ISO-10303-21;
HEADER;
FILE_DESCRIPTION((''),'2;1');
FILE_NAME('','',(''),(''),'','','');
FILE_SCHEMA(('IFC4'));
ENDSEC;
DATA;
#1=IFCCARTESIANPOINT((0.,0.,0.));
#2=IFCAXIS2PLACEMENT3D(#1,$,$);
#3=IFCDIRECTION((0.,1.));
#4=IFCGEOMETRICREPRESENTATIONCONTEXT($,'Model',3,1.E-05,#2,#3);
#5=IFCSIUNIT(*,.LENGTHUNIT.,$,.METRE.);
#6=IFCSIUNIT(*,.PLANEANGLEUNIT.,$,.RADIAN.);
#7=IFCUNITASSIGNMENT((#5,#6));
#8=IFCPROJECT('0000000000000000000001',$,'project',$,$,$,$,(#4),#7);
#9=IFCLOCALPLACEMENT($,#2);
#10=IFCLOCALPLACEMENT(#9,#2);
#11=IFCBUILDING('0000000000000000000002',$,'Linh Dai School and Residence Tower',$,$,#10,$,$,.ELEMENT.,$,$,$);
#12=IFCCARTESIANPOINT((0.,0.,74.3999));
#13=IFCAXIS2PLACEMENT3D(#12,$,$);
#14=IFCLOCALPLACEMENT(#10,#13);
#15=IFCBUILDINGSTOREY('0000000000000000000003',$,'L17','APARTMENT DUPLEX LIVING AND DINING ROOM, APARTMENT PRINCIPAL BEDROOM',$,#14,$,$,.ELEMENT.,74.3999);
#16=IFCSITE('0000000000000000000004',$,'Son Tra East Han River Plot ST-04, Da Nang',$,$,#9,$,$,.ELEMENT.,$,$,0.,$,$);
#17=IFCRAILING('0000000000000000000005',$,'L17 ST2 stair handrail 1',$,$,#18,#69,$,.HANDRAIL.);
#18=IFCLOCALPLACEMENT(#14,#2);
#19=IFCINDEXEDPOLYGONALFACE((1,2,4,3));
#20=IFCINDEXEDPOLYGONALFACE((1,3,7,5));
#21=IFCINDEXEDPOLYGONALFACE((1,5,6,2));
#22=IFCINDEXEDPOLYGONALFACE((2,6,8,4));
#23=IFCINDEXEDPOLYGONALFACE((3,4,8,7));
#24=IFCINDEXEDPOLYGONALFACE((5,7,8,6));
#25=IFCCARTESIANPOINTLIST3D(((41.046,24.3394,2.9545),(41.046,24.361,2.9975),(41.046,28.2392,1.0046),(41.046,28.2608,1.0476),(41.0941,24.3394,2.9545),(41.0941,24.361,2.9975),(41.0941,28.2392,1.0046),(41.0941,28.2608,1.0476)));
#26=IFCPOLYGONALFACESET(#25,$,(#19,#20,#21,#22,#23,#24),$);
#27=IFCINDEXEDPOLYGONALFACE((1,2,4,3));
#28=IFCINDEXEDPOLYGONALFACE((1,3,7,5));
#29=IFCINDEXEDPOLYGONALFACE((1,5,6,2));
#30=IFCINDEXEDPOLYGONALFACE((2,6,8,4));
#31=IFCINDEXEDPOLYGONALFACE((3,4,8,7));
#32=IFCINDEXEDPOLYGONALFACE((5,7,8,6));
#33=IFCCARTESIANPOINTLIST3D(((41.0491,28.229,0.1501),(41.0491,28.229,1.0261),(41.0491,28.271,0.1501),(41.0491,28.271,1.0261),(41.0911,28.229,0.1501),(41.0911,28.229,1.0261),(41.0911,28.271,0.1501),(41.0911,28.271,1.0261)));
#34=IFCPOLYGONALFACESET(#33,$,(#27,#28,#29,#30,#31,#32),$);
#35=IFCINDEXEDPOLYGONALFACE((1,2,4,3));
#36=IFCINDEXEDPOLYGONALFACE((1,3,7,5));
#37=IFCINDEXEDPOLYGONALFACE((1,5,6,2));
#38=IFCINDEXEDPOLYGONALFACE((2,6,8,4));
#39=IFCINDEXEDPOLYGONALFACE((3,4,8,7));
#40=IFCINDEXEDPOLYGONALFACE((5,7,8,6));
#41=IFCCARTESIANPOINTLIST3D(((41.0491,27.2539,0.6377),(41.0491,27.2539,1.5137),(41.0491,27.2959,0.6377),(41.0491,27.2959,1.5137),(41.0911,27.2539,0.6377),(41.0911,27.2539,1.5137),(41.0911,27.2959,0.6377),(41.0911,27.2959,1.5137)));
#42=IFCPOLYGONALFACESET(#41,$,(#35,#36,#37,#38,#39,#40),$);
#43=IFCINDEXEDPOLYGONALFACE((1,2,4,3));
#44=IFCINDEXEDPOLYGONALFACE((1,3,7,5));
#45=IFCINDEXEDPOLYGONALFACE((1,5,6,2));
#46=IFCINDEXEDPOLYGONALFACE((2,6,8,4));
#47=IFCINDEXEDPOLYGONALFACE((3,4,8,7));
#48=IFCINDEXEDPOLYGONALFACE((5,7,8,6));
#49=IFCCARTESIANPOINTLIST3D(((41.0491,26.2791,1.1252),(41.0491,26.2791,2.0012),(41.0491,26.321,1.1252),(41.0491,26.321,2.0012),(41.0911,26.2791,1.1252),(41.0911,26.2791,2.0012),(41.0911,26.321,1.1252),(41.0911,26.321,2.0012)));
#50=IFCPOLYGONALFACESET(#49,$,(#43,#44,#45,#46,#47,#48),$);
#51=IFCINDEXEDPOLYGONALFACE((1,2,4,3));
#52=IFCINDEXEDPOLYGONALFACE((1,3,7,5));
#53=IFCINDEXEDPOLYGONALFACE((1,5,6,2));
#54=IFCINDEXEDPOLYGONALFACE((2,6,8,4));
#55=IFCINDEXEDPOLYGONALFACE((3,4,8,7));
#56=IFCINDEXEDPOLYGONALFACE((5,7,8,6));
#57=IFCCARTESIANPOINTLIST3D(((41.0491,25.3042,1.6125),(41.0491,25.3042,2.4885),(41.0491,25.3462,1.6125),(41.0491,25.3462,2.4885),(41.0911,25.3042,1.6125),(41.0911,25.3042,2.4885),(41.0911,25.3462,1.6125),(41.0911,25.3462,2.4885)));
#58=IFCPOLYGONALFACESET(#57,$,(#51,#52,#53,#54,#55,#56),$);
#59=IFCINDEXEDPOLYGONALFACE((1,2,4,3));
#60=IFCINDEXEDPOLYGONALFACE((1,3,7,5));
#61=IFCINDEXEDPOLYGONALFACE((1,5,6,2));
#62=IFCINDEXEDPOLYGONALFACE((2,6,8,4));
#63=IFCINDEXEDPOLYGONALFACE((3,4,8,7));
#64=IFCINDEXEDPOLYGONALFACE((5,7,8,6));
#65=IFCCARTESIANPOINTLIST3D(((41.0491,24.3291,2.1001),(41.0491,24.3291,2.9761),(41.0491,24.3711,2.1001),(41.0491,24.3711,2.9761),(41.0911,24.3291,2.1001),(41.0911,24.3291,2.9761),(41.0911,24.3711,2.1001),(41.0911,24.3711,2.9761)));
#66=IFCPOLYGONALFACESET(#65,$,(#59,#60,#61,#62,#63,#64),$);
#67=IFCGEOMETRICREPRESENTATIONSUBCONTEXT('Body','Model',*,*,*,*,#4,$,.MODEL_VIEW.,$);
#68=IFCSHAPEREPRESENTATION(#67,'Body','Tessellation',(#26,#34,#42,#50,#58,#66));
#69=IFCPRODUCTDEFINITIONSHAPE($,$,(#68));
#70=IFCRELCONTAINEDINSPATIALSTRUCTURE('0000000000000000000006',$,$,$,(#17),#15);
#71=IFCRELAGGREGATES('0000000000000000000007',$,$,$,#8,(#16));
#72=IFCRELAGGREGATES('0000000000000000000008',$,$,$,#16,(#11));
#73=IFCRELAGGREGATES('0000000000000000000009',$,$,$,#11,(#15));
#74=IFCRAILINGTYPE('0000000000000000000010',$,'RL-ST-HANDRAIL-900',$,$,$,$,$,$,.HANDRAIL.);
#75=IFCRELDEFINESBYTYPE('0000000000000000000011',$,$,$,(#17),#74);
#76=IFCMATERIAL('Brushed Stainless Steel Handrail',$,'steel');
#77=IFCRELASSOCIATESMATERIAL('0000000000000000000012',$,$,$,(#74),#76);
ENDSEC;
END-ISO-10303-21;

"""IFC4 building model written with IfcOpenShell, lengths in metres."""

from ifc_helpers import new_model, si_unit, direction, frame, origin, origin_2d, place, context, subcontext, project, spatial, rectangle, extrude, source, transform, mapped, material, type_object, element, save


model = new_model("IFC4")

# Units and contexts
model_context = context("Model", 3, precision=1e-05, world=origin(), true_north=direction((0.0, 1.0)))
body_context = subcontext(model_context, "Body", "Model", "MODEL_VIEW")
ifc_project = project(units=[si_unit("LENGTHUNIT", "METRE"), si_unit("PLANEANGLEUNIT", "RADIAN")], contexts=[model_context])

# Site, building, storey
site_placement = place(None, origin())
site = spatial("IfcSite", under=ifc_project, at=site_placement, Name="Son Tra East Han River Plot ST-04, Da Nang", CompositionType="ELEMENT", RefElevation=0.0)
building_placement = place(site_placement, origin())
building = spatial("IfcBuilding", under=site, at=building_placement, Name="Linh Dai School and Residence Tower", CompositionType="ELEMENT")
storey_placement = place(building_placement, frame((0.0, 0.0, 74.3999)))
storey = spatial("IfcBuildingStorey", under=building, at=storey_placement, Name="L17", Description="APARTMENT DUPLEX LIVING AND DINING ROOM, APARTMENT PRINCIPAL BEDROOM", CompositionType="ELEMENT", Elevation=74.3999)

# Railing
ifc_material_1 = material(Name="Brushed Stainless Steel Handrail", Category="steel")
railing_type_1 = type_object("IfcRailingType", Name="RL-ST-HANDRAIL-900", PredefinedType="HANDRAIL", material=ifc_material_1)
shared_shape_1 = source(origin(), body_context, "Body", "SweptSolid", [
    extrude(rectangle(XDim=0.0481, YDim=0.0481, at=origin_2d()), frame((0.0, 0.0, 0.876), z_axis=(0.0, -0.894427, 0.447214), x_axis=(1.0, 0.0, 0.0)), (0.0, 0.0, 1.0), 4.3601),
    extrude(rectangle(XDim=0.042, YDim=0.042, at=origin_2d()), origin(), (0.0, 0.0, 1.0), 0.876),
    extrude(rectangle(XDim=0.042, YDim=0.042, at=origin_2d()), frame((0.0, -0.9751, 0.4875)), (0.0, 0.0, 1.0), 0.876),
    extrude(rectangle(XDim=0.042, YDim=0.042, at=origin_2d()), frame((0.0, -1.95, 0.9751)), (0.0, 0.0, 1.0), 0.876),
    extrude(rectangle(XDim=0.042, YDim=0.042, at=origin_2d()), frame((0.0, -2.9248, 1.4624)), (0.0, 0.0, 1.0), 0.876),
    extrude(rectangle(XDim=0.042, YDim=0.042, at=origin_2d()), frame((0.0, -3.8999, 1.95)), (0.0, 0.0, 1.0), 0.876),
])
railing_1_placement = place(storey_placement, frame((41.0701, 28.25, 0.1501)))
element("IfcRailing", 1, at=railing_1_placement, inside=storey, type_object=railing_type_1, Name="L17 ST2 stair handrail 1", PredefinedType="HANDRAIL", context=body_context, shape_type="MappedRepresentation", body=[
    mapped(shared_shape_1, transform((0.0, 0.0, 0.0), x_axis=(1.0, 0.0, 0.0), y_axis=(0.0, 1.0, 0.0), z_axis=(0.0, 0.0, 1.0), scale=1.0)),
])

save(model, "model.ifc")
